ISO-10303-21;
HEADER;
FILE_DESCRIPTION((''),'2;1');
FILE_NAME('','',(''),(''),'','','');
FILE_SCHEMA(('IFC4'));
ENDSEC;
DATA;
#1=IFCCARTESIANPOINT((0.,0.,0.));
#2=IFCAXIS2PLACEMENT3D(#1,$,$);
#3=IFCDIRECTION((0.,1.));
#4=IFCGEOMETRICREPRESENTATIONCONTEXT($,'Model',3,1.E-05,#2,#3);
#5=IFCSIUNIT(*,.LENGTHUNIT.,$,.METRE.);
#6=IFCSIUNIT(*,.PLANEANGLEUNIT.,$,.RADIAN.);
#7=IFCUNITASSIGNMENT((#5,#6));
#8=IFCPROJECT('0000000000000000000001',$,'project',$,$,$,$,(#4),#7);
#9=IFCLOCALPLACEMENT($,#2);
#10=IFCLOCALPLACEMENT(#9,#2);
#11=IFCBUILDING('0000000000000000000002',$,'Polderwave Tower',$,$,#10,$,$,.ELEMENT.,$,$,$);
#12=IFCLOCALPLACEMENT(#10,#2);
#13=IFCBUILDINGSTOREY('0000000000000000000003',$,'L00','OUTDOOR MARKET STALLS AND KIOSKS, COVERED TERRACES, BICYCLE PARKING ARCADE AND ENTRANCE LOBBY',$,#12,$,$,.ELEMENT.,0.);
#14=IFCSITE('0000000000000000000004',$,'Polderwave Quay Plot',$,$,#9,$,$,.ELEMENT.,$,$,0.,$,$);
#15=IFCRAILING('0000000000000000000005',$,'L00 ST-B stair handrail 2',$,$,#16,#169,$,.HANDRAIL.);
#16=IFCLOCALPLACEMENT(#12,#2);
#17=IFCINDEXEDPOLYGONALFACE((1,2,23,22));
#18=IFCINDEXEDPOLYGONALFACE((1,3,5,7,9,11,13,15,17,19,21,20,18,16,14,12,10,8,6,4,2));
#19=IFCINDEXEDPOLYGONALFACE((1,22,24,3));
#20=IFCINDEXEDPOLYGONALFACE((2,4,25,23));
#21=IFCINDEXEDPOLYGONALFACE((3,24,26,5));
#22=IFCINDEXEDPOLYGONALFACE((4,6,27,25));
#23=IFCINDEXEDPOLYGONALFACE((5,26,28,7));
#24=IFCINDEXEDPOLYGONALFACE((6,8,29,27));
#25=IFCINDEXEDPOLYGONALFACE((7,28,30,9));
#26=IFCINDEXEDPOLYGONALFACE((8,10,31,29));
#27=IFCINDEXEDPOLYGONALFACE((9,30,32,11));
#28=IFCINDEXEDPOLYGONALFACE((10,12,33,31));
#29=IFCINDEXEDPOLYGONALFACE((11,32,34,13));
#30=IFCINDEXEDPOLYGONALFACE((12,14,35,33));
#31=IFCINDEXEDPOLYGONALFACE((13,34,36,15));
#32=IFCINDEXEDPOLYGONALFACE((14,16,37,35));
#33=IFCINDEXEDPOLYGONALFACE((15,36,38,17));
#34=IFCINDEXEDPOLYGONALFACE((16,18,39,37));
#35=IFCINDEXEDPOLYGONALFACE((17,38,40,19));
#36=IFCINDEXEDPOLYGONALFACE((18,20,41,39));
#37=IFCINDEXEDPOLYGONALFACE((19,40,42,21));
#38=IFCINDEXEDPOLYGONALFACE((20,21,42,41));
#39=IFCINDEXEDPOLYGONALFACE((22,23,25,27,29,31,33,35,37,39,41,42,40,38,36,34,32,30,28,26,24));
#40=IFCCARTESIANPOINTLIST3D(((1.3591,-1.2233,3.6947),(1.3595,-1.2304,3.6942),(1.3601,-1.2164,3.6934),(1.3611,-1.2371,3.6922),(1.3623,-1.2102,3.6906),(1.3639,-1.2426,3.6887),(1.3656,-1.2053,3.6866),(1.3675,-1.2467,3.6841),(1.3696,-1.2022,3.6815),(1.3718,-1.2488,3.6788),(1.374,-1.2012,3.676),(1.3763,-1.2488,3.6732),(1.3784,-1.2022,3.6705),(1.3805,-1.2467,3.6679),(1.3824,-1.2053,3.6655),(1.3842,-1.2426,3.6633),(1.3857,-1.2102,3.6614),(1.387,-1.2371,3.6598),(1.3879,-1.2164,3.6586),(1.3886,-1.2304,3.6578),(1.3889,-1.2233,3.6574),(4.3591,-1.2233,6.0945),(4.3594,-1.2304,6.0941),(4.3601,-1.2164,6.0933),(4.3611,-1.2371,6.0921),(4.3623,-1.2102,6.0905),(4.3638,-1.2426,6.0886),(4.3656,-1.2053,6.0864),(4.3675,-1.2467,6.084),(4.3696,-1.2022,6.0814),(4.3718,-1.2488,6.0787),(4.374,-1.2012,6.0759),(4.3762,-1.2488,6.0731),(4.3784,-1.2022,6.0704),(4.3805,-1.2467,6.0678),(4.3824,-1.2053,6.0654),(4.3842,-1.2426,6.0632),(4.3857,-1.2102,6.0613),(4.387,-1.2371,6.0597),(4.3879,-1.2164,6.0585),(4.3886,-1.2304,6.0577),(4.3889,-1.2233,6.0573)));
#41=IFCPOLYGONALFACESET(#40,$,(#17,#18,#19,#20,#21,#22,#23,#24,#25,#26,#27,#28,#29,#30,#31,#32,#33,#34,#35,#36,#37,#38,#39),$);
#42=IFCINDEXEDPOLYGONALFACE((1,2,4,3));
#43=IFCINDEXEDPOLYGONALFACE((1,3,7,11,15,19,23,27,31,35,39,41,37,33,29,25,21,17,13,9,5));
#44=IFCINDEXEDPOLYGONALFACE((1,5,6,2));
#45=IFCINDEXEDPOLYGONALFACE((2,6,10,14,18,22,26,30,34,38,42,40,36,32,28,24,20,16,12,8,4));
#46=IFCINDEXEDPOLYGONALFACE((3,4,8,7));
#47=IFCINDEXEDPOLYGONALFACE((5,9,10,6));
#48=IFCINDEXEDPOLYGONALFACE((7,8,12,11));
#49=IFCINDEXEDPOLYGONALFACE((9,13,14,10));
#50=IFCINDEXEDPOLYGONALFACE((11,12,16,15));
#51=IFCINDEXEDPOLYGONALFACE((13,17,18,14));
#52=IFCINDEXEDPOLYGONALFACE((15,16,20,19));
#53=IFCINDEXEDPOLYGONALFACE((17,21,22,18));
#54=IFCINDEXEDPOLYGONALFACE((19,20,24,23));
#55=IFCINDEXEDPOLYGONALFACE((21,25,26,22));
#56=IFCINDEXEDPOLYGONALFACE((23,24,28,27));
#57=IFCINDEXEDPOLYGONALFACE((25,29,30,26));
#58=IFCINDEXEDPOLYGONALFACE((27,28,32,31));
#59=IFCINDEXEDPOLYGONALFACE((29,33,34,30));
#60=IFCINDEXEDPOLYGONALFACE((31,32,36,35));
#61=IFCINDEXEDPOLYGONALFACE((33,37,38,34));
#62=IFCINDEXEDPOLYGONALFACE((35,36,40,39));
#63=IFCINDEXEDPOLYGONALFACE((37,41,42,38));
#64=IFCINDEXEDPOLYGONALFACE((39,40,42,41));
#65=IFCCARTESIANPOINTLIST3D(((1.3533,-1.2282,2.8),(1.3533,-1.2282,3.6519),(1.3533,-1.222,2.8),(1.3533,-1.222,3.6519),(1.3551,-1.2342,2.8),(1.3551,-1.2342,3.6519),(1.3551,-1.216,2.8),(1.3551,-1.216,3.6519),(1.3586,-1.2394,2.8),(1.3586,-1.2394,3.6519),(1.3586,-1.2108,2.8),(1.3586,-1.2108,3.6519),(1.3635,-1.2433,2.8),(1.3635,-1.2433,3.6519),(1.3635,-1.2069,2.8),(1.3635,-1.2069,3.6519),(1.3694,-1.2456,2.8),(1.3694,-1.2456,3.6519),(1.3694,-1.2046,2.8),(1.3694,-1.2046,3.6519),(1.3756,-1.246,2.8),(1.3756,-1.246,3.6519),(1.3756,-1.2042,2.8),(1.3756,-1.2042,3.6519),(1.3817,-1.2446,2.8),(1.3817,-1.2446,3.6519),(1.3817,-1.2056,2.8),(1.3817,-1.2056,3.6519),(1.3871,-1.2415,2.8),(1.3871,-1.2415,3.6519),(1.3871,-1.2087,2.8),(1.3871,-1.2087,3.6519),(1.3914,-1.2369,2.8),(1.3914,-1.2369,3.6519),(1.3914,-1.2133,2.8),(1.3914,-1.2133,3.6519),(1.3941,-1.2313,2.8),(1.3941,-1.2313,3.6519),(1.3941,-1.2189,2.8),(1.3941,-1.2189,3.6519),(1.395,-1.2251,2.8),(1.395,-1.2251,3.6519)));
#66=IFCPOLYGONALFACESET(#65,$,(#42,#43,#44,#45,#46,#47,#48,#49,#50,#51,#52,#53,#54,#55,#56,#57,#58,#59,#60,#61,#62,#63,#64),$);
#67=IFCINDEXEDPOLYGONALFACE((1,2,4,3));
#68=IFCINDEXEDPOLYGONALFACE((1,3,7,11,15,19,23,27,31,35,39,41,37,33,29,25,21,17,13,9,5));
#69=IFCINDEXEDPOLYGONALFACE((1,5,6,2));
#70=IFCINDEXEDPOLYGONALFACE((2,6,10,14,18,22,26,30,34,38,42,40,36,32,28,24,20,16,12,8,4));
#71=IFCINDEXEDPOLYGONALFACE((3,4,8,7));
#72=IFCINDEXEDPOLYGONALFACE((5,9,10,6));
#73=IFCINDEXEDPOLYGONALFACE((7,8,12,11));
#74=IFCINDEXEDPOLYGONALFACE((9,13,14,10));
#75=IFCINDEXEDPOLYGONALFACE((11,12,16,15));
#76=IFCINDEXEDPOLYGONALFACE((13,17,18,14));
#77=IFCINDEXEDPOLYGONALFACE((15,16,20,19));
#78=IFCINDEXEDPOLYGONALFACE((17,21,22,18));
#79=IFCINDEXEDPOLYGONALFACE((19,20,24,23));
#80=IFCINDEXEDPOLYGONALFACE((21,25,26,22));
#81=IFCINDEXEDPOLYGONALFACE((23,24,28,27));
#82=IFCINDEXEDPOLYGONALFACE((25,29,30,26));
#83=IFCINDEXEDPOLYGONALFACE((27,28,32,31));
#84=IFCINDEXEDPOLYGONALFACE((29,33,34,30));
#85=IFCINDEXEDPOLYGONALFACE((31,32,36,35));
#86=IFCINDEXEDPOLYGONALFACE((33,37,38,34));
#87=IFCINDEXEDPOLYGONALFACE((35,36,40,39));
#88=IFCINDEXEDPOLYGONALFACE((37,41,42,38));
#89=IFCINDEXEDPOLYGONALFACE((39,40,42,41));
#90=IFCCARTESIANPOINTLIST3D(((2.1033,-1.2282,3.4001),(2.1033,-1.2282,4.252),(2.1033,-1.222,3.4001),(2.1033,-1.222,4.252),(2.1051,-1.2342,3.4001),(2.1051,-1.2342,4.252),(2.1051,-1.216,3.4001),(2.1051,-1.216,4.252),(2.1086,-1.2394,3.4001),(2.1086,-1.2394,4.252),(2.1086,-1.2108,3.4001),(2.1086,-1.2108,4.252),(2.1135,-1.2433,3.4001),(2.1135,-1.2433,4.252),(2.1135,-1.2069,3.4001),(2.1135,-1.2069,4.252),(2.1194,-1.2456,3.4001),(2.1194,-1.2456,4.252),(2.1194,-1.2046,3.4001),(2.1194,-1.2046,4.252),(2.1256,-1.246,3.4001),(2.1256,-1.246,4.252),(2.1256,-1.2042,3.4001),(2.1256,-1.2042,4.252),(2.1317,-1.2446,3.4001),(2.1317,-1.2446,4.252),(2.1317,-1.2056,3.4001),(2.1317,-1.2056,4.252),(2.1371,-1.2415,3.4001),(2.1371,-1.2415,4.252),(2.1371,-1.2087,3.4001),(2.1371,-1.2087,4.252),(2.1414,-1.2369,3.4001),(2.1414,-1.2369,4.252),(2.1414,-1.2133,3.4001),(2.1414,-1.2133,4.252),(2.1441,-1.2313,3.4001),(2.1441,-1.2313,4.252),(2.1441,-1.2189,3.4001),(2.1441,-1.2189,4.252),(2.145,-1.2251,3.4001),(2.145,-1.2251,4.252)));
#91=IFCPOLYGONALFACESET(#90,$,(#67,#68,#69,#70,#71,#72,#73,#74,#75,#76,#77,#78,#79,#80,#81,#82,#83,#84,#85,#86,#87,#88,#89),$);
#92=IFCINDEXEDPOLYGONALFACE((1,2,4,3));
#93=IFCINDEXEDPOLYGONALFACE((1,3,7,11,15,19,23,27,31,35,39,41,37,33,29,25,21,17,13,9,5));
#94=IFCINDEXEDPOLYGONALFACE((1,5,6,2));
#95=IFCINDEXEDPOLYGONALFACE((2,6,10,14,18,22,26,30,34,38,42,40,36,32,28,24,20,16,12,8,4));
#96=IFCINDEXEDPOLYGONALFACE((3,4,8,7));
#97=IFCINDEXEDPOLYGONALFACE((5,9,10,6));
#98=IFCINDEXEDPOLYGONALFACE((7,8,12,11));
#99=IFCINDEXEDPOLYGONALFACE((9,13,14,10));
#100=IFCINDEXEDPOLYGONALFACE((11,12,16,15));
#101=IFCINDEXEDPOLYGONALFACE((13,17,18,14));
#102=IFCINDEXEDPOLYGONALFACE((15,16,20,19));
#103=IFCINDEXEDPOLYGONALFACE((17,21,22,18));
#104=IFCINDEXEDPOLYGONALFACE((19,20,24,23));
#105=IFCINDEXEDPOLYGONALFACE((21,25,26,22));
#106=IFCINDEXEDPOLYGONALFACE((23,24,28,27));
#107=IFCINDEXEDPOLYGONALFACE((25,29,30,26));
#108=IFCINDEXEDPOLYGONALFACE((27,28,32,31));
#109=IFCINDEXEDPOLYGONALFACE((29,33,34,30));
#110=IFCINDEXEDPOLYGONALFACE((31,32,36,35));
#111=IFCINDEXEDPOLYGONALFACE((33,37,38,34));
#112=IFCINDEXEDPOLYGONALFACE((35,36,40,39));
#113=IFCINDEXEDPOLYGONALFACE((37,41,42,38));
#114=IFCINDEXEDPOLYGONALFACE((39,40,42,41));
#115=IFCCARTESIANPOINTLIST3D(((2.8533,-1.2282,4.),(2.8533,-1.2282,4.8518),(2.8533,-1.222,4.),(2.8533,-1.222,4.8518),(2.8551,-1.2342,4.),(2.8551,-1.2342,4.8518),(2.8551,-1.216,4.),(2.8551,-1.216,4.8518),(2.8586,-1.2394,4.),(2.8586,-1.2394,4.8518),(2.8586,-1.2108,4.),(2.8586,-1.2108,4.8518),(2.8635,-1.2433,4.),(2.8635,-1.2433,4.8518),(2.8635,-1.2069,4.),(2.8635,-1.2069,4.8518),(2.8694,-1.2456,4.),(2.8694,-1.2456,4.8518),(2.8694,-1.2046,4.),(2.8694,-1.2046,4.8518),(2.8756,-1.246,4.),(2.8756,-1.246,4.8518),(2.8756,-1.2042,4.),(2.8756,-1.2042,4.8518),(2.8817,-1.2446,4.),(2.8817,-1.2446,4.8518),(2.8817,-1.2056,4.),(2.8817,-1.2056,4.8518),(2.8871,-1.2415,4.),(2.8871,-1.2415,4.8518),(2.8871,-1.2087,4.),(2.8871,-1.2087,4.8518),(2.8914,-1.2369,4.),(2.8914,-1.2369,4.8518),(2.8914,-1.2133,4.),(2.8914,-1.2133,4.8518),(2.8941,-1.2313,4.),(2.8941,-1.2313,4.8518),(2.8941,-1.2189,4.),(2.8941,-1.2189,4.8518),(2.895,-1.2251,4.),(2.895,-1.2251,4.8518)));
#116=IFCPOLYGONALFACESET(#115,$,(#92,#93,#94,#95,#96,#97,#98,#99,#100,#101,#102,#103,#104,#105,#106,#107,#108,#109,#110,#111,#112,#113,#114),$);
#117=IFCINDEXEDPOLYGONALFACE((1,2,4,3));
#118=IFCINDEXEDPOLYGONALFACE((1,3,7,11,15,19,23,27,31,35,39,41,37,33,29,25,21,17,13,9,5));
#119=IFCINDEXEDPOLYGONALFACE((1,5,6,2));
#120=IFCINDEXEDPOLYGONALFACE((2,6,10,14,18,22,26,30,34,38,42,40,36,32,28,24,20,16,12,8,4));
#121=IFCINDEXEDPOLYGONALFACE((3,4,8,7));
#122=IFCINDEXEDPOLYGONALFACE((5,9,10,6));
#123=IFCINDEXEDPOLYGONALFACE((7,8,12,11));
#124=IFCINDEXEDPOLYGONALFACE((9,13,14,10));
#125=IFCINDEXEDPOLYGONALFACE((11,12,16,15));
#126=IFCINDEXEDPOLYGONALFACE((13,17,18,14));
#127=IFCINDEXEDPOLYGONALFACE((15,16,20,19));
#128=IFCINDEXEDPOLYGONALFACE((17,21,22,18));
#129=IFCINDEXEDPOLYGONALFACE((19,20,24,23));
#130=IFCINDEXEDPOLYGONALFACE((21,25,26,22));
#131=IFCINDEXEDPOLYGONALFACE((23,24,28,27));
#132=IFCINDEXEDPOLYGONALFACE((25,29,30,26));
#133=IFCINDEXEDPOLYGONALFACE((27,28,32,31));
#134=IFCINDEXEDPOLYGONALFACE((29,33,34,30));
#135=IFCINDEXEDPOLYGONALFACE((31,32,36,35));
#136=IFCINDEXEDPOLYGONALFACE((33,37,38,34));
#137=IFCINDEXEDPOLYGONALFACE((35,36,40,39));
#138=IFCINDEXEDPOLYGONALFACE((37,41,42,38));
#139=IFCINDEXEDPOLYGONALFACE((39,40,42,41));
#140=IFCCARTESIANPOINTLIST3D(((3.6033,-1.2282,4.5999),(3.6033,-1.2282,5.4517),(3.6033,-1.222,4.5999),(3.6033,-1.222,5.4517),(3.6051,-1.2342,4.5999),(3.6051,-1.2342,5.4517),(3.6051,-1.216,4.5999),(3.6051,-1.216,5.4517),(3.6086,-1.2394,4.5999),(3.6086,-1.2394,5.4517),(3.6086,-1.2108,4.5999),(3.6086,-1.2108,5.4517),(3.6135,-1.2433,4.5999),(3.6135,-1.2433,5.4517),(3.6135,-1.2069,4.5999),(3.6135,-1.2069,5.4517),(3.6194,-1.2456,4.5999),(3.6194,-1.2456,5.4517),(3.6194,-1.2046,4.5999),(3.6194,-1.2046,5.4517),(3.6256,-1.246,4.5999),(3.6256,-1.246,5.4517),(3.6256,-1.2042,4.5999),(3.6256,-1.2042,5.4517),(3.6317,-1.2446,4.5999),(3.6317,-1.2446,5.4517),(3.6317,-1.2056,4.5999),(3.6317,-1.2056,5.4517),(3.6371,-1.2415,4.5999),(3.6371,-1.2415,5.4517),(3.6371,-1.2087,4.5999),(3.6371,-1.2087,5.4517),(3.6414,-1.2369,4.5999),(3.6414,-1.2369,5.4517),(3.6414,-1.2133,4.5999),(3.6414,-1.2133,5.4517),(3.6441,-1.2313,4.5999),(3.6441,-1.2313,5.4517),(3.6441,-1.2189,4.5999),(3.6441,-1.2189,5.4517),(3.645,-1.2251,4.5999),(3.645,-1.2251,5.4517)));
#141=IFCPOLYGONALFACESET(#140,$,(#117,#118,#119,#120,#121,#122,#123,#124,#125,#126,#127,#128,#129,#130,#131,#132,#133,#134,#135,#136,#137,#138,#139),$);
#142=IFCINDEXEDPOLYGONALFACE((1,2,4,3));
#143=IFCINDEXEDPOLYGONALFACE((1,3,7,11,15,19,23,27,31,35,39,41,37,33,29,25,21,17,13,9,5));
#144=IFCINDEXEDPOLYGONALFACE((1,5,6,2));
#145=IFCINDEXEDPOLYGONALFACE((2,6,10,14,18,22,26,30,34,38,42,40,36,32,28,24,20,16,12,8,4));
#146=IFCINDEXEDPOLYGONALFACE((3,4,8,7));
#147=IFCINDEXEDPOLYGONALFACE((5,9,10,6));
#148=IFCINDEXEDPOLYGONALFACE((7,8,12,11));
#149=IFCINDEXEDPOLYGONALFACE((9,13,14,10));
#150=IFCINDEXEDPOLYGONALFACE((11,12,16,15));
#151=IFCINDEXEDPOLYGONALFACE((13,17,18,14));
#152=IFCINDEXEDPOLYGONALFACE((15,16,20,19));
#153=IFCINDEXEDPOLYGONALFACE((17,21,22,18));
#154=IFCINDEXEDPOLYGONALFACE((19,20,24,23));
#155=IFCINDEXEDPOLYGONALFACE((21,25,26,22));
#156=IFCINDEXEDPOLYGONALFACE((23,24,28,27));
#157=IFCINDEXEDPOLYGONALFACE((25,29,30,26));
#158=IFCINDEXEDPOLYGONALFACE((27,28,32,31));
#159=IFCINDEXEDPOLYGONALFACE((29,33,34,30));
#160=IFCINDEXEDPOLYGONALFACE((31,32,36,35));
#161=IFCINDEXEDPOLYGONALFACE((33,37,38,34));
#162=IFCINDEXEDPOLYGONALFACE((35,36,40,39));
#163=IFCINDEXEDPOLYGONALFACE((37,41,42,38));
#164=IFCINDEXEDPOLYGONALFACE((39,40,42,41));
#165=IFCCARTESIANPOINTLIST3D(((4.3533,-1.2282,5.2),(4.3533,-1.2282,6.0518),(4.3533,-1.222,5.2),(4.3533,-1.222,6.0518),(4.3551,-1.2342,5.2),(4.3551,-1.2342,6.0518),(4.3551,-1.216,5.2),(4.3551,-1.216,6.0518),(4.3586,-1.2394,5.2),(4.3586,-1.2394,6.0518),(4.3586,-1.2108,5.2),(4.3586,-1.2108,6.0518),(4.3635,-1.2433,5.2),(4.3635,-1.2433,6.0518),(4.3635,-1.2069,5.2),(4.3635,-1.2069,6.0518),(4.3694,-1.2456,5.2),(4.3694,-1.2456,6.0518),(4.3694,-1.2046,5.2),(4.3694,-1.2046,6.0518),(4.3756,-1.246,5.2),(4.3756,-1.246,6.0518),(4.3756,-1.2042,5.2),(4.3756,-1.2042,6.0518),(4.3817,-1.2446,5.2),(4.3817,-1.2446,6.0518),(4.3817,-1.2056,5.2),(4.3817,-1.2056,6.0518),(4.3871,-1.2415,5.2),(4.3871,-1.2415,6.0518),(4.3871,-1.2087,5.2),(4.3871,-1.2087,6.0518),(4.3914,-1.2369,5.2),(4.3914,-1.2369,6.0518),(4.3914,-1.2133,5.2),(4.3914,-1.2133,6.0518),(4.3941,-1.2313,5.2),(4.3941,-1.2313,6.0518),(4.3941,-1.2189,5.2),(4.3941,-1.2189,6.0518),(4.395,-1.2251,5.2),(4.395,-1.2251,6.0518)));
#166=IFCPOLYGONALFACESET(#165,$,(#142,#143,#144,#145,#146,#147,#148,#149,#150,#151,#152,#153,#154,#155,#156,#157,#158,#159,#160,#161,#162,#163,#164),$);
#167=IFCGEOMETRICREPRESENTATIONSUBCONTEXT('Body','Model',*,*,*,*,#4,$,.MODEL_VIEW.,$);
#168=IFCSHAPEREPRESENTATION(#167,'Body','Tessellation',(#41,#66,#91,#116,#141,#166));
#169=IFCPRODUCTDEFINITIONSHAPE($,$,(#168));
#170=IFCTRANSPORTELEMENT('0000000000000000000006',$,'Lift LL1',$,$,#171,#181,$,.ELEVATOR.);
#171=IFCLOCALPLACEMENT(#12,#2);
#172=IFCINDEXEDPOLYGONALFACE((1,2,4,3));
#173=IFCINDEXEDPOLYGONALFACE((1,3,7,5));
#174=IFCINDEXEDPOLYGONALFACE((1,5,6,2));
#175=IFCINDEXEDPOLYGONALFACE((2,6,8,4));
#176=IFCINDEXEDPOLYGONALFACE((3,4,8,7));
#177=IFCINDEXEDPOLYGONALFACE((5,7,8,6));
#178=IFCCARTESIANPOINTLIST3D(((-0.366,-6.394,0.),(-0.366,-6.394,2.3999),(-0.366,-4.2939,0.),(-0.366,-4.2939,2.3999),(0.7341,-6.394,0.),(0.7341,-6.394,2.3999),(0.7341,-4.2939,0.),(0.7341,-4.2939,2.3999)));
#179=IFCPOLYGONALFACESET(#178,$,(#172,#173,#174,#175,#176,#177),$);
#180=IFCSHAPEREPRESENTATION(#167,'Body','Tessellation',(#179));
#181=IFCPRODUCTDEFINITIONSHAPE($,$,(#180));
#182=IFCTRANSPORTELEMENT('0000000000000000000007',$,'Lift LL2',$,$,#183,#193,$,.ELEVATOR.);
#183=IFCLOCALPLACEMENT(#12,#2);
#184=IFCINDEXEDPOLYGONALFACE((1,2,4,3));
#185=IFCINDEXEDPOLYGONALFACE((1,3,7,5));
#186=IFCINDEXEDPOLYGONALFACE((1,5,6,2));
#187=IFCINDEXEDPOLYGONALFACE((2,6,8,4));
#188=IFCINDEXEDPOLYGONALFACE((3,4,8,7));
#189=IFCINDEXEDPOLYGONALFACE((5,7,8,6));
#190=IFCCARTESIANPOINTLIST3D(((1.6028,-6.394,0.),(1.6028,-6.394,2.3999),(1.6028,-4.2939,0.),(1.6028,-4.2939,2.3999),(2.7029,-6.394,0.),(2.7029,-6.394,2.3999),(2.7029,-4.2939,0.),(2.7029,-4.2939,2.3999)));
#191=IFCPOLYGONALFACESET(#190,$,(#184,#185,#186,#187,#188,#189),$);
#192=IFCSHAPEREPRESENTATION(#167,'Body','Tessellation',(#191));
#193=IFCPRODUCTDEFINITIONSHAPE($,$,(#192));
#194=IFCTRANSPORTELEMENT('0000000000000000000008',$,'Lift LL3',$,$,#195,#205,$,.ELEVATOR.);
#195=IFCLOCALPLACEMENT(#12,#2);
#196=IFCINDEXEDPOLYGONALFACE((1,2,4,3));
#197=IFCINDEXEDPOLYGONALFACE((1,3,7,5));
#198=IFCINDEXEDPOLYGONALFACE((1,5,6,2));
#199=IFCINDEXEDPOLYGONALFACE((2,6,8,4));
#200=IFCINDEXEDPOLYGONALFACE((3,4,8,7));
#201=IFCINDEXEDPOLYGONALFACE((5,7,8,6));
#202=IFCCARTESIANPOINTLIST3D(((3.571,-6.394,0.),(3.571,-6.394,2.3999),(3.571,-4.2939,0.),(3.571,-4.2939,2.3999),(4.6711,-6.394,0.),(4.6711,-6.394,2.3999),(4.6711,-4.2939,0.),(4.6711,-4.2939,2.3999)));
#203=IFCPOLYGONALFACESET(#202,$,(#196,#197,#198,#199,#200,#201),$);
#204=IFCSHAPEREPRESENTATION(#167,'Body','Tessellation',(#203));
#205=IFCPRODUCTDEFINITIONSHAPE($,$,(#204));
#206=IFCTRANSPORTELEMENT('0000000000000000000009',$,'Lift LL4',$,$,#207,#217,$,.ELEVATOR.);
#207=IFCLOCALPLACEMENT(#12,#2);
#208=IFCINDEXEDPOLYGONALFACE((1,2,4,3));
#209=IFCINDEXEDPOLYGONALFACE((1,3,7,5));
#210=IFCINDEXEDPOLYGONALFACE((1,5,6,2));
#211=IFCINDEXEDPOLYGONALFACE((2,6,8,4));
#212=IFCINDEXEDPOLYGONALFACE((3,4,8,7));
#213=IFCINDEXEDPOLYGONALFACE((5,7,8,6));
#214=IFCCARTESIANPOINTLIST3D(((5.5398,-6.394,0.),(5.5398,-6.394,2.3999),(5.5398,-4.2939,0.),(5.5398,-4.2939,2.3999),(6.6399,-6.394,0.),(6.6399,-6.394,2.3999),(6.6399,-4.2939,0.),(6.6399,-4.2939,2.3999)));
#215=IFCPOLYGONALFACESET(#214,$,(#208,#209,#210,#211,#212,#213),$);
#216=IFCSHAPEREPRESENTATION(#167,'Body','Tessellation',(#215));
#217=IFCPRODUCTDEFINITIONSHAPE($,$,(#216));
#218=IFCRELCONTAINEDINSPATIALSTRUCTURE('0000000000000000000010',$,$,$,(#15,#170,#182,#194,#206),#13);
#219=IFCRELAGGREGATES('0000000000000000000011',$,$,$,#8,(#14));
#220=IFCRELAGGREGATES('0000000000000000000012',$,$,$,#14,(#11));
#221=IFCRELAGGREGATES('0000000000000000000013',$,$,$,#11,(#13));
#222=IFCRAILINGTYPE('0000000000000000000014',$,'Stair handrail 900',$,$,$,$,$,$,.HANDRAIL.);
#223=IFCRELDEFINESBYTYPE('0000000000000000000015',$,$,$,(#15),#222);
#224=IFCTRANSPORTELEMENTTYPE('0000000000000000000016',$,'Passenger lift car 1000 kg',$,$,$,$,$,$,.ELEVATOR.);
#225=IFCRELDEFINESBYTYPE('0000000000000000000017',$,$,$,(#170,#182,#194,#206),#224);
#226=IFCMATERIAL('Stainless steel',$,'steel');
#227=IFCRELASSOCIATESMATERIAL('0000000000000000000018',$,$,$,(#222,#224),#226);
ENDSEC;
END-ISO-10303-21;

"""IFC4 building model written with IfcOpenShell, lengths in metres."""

from ifc_helpers import new_model, si_unit, direction, frame, origin, origin_2d, place, context, subcontext, project, spatial, rectangle, circle, extrude, material, type_object, element, save


model = new_model("IFC4")

# Units and contexts
model_context = context("Model", 3, precision=1e-05, world=origin(), true_north=direction((0.0, 1.0)))
body_context = subcontext(model_context, "Body", "Model", "MODEL_VIEW")
ifc_project = project(units=[si_unit("LENGTHUNIT", "METRE"), si_unit("PLANEANGLEUNIT", "RADIAN")], contexts=[model_context])

# Site, building, storey
site_placement = place(None, origin())
site = spatial("IfcSite", under=ifc_project, at=site_placement, Name="Polderwave Quay Plot", CompositionType="ELEMENT", RefElevation=0.0)
building_placement = place(site_placement, origin())
building = spatial("IfcBuilding", under=site, at=building_placement, Name="Polderwave Tower", CompositionType="ELEMENT")
storey_placement = place(building_placement, origin())
storey = spatial("IfcBuildingStorey", under=building, at=storey_placement, Name="L00", Description="OUTDOOR MARKET STALLS AND KIOSKS, COVERED TERRACES, BICYCLE PARKING ARCADE AND ENTRANCE LOBBY", CompositionType="ELEMENT", Elevation=0.0)

# Railing
ifc_material_1 = material(Name="Stainless steel", Category="steel")
railing_type_1 = type_object("IfcRailingType", Name="Stair handrail 900", PredefinedType="HANDRAIL", material=ifc_material_1)
railing_1_placement = place(storey_placement, frame((1.374, -1.2251, 2.8)))
element("IfcRailing", 1, at=railing_1_placement, inside=storey, type_object=railing_type_1, Name="L00 ST-B stair handrail 2", PredefinedType="HANDRAIL", context=body_context, shape_type="SweptSolid", body=[
    extrude(circle(Radius=0.0239, at=origin_2d()), frame((0.0, 0.0, 0.876), z_axis=(0.780881, 0.0, 0.62468), x_axis=(0.0, 1.0, 0.0)), (0.0, 0.0, 1.0), 3.8418),
    extrude(circle(Radius=0.021, at=origin_2d()), origin(), (0.0, 0.0, 1.0), 0.8518),
    extrude(circle(Radius=0.021, at=origin_2d()), frame((0.75, 0.0, 0.6001)), (0.0, 0.0, 1.0), 0.8518),
    extrude(circle(Radius=0.021, at=origin_2d()), frame((1.5, 0.0, 1.2)), (0.0, 0.0, 1.0), 0.8518),
    extrude(circle(Radius=0.021, at=origin_2d()), frame((2.25, 0.0, 1.7998)), (0.0, 0.0, 1.0), 0.8518),
    extrude(circle(Radius=0.021, at=origin_2d()), frame((3.0, 0.0, 2.3999)), (0.0, 0.0, 1.0), 0.8518),
])

# Transport elements
transport_element_type = type_object("IfcTransportElementType", Name="Passenger lift car 1000 kg", PredefinedType="ELEVATOR", material=ifc_material_1)
for number, where, z_axis, x_axis, name in (
    (2, (0.1841, -5.344, 0.0), (0.0, 0.0, 1.0), (1.0, 0.0, 0.0), "Lift LL1"),
    (3, (2.1528, -5.344, 0.0), (0.0, 0.0, 1.0), (1.0, 0.0, 0.0), "Lift LL2"),
    (4, (4.1211, -5.344, 0.0), (0.0, 0.0, 1.0), (1.0, 0.0, 0.0), "Lift LL3"),
    (5, (6.0898, -5.344, 0.0), (0.0, 0.0, 1.0), (1.0, 0.0, 0.0), "Lift LL4"),
):
    element("IfcTransportElement", number, at=place(storey_placement, frame(where, z_axis=z_axis, x_axis=x_axis)), inside=storey, type_object=transport_element_type, Name=name, PredefinedType="ELEVATOR", context=body_context, shape_type="SweptSolid", body=[
        extrude(rectangle(XDim=1.1001, YDim=2.1001, at=origin_2d()), origin(), (0.0, 0.0, 1.0), 2.3999),
    ])

save(model, "model.ifc")
